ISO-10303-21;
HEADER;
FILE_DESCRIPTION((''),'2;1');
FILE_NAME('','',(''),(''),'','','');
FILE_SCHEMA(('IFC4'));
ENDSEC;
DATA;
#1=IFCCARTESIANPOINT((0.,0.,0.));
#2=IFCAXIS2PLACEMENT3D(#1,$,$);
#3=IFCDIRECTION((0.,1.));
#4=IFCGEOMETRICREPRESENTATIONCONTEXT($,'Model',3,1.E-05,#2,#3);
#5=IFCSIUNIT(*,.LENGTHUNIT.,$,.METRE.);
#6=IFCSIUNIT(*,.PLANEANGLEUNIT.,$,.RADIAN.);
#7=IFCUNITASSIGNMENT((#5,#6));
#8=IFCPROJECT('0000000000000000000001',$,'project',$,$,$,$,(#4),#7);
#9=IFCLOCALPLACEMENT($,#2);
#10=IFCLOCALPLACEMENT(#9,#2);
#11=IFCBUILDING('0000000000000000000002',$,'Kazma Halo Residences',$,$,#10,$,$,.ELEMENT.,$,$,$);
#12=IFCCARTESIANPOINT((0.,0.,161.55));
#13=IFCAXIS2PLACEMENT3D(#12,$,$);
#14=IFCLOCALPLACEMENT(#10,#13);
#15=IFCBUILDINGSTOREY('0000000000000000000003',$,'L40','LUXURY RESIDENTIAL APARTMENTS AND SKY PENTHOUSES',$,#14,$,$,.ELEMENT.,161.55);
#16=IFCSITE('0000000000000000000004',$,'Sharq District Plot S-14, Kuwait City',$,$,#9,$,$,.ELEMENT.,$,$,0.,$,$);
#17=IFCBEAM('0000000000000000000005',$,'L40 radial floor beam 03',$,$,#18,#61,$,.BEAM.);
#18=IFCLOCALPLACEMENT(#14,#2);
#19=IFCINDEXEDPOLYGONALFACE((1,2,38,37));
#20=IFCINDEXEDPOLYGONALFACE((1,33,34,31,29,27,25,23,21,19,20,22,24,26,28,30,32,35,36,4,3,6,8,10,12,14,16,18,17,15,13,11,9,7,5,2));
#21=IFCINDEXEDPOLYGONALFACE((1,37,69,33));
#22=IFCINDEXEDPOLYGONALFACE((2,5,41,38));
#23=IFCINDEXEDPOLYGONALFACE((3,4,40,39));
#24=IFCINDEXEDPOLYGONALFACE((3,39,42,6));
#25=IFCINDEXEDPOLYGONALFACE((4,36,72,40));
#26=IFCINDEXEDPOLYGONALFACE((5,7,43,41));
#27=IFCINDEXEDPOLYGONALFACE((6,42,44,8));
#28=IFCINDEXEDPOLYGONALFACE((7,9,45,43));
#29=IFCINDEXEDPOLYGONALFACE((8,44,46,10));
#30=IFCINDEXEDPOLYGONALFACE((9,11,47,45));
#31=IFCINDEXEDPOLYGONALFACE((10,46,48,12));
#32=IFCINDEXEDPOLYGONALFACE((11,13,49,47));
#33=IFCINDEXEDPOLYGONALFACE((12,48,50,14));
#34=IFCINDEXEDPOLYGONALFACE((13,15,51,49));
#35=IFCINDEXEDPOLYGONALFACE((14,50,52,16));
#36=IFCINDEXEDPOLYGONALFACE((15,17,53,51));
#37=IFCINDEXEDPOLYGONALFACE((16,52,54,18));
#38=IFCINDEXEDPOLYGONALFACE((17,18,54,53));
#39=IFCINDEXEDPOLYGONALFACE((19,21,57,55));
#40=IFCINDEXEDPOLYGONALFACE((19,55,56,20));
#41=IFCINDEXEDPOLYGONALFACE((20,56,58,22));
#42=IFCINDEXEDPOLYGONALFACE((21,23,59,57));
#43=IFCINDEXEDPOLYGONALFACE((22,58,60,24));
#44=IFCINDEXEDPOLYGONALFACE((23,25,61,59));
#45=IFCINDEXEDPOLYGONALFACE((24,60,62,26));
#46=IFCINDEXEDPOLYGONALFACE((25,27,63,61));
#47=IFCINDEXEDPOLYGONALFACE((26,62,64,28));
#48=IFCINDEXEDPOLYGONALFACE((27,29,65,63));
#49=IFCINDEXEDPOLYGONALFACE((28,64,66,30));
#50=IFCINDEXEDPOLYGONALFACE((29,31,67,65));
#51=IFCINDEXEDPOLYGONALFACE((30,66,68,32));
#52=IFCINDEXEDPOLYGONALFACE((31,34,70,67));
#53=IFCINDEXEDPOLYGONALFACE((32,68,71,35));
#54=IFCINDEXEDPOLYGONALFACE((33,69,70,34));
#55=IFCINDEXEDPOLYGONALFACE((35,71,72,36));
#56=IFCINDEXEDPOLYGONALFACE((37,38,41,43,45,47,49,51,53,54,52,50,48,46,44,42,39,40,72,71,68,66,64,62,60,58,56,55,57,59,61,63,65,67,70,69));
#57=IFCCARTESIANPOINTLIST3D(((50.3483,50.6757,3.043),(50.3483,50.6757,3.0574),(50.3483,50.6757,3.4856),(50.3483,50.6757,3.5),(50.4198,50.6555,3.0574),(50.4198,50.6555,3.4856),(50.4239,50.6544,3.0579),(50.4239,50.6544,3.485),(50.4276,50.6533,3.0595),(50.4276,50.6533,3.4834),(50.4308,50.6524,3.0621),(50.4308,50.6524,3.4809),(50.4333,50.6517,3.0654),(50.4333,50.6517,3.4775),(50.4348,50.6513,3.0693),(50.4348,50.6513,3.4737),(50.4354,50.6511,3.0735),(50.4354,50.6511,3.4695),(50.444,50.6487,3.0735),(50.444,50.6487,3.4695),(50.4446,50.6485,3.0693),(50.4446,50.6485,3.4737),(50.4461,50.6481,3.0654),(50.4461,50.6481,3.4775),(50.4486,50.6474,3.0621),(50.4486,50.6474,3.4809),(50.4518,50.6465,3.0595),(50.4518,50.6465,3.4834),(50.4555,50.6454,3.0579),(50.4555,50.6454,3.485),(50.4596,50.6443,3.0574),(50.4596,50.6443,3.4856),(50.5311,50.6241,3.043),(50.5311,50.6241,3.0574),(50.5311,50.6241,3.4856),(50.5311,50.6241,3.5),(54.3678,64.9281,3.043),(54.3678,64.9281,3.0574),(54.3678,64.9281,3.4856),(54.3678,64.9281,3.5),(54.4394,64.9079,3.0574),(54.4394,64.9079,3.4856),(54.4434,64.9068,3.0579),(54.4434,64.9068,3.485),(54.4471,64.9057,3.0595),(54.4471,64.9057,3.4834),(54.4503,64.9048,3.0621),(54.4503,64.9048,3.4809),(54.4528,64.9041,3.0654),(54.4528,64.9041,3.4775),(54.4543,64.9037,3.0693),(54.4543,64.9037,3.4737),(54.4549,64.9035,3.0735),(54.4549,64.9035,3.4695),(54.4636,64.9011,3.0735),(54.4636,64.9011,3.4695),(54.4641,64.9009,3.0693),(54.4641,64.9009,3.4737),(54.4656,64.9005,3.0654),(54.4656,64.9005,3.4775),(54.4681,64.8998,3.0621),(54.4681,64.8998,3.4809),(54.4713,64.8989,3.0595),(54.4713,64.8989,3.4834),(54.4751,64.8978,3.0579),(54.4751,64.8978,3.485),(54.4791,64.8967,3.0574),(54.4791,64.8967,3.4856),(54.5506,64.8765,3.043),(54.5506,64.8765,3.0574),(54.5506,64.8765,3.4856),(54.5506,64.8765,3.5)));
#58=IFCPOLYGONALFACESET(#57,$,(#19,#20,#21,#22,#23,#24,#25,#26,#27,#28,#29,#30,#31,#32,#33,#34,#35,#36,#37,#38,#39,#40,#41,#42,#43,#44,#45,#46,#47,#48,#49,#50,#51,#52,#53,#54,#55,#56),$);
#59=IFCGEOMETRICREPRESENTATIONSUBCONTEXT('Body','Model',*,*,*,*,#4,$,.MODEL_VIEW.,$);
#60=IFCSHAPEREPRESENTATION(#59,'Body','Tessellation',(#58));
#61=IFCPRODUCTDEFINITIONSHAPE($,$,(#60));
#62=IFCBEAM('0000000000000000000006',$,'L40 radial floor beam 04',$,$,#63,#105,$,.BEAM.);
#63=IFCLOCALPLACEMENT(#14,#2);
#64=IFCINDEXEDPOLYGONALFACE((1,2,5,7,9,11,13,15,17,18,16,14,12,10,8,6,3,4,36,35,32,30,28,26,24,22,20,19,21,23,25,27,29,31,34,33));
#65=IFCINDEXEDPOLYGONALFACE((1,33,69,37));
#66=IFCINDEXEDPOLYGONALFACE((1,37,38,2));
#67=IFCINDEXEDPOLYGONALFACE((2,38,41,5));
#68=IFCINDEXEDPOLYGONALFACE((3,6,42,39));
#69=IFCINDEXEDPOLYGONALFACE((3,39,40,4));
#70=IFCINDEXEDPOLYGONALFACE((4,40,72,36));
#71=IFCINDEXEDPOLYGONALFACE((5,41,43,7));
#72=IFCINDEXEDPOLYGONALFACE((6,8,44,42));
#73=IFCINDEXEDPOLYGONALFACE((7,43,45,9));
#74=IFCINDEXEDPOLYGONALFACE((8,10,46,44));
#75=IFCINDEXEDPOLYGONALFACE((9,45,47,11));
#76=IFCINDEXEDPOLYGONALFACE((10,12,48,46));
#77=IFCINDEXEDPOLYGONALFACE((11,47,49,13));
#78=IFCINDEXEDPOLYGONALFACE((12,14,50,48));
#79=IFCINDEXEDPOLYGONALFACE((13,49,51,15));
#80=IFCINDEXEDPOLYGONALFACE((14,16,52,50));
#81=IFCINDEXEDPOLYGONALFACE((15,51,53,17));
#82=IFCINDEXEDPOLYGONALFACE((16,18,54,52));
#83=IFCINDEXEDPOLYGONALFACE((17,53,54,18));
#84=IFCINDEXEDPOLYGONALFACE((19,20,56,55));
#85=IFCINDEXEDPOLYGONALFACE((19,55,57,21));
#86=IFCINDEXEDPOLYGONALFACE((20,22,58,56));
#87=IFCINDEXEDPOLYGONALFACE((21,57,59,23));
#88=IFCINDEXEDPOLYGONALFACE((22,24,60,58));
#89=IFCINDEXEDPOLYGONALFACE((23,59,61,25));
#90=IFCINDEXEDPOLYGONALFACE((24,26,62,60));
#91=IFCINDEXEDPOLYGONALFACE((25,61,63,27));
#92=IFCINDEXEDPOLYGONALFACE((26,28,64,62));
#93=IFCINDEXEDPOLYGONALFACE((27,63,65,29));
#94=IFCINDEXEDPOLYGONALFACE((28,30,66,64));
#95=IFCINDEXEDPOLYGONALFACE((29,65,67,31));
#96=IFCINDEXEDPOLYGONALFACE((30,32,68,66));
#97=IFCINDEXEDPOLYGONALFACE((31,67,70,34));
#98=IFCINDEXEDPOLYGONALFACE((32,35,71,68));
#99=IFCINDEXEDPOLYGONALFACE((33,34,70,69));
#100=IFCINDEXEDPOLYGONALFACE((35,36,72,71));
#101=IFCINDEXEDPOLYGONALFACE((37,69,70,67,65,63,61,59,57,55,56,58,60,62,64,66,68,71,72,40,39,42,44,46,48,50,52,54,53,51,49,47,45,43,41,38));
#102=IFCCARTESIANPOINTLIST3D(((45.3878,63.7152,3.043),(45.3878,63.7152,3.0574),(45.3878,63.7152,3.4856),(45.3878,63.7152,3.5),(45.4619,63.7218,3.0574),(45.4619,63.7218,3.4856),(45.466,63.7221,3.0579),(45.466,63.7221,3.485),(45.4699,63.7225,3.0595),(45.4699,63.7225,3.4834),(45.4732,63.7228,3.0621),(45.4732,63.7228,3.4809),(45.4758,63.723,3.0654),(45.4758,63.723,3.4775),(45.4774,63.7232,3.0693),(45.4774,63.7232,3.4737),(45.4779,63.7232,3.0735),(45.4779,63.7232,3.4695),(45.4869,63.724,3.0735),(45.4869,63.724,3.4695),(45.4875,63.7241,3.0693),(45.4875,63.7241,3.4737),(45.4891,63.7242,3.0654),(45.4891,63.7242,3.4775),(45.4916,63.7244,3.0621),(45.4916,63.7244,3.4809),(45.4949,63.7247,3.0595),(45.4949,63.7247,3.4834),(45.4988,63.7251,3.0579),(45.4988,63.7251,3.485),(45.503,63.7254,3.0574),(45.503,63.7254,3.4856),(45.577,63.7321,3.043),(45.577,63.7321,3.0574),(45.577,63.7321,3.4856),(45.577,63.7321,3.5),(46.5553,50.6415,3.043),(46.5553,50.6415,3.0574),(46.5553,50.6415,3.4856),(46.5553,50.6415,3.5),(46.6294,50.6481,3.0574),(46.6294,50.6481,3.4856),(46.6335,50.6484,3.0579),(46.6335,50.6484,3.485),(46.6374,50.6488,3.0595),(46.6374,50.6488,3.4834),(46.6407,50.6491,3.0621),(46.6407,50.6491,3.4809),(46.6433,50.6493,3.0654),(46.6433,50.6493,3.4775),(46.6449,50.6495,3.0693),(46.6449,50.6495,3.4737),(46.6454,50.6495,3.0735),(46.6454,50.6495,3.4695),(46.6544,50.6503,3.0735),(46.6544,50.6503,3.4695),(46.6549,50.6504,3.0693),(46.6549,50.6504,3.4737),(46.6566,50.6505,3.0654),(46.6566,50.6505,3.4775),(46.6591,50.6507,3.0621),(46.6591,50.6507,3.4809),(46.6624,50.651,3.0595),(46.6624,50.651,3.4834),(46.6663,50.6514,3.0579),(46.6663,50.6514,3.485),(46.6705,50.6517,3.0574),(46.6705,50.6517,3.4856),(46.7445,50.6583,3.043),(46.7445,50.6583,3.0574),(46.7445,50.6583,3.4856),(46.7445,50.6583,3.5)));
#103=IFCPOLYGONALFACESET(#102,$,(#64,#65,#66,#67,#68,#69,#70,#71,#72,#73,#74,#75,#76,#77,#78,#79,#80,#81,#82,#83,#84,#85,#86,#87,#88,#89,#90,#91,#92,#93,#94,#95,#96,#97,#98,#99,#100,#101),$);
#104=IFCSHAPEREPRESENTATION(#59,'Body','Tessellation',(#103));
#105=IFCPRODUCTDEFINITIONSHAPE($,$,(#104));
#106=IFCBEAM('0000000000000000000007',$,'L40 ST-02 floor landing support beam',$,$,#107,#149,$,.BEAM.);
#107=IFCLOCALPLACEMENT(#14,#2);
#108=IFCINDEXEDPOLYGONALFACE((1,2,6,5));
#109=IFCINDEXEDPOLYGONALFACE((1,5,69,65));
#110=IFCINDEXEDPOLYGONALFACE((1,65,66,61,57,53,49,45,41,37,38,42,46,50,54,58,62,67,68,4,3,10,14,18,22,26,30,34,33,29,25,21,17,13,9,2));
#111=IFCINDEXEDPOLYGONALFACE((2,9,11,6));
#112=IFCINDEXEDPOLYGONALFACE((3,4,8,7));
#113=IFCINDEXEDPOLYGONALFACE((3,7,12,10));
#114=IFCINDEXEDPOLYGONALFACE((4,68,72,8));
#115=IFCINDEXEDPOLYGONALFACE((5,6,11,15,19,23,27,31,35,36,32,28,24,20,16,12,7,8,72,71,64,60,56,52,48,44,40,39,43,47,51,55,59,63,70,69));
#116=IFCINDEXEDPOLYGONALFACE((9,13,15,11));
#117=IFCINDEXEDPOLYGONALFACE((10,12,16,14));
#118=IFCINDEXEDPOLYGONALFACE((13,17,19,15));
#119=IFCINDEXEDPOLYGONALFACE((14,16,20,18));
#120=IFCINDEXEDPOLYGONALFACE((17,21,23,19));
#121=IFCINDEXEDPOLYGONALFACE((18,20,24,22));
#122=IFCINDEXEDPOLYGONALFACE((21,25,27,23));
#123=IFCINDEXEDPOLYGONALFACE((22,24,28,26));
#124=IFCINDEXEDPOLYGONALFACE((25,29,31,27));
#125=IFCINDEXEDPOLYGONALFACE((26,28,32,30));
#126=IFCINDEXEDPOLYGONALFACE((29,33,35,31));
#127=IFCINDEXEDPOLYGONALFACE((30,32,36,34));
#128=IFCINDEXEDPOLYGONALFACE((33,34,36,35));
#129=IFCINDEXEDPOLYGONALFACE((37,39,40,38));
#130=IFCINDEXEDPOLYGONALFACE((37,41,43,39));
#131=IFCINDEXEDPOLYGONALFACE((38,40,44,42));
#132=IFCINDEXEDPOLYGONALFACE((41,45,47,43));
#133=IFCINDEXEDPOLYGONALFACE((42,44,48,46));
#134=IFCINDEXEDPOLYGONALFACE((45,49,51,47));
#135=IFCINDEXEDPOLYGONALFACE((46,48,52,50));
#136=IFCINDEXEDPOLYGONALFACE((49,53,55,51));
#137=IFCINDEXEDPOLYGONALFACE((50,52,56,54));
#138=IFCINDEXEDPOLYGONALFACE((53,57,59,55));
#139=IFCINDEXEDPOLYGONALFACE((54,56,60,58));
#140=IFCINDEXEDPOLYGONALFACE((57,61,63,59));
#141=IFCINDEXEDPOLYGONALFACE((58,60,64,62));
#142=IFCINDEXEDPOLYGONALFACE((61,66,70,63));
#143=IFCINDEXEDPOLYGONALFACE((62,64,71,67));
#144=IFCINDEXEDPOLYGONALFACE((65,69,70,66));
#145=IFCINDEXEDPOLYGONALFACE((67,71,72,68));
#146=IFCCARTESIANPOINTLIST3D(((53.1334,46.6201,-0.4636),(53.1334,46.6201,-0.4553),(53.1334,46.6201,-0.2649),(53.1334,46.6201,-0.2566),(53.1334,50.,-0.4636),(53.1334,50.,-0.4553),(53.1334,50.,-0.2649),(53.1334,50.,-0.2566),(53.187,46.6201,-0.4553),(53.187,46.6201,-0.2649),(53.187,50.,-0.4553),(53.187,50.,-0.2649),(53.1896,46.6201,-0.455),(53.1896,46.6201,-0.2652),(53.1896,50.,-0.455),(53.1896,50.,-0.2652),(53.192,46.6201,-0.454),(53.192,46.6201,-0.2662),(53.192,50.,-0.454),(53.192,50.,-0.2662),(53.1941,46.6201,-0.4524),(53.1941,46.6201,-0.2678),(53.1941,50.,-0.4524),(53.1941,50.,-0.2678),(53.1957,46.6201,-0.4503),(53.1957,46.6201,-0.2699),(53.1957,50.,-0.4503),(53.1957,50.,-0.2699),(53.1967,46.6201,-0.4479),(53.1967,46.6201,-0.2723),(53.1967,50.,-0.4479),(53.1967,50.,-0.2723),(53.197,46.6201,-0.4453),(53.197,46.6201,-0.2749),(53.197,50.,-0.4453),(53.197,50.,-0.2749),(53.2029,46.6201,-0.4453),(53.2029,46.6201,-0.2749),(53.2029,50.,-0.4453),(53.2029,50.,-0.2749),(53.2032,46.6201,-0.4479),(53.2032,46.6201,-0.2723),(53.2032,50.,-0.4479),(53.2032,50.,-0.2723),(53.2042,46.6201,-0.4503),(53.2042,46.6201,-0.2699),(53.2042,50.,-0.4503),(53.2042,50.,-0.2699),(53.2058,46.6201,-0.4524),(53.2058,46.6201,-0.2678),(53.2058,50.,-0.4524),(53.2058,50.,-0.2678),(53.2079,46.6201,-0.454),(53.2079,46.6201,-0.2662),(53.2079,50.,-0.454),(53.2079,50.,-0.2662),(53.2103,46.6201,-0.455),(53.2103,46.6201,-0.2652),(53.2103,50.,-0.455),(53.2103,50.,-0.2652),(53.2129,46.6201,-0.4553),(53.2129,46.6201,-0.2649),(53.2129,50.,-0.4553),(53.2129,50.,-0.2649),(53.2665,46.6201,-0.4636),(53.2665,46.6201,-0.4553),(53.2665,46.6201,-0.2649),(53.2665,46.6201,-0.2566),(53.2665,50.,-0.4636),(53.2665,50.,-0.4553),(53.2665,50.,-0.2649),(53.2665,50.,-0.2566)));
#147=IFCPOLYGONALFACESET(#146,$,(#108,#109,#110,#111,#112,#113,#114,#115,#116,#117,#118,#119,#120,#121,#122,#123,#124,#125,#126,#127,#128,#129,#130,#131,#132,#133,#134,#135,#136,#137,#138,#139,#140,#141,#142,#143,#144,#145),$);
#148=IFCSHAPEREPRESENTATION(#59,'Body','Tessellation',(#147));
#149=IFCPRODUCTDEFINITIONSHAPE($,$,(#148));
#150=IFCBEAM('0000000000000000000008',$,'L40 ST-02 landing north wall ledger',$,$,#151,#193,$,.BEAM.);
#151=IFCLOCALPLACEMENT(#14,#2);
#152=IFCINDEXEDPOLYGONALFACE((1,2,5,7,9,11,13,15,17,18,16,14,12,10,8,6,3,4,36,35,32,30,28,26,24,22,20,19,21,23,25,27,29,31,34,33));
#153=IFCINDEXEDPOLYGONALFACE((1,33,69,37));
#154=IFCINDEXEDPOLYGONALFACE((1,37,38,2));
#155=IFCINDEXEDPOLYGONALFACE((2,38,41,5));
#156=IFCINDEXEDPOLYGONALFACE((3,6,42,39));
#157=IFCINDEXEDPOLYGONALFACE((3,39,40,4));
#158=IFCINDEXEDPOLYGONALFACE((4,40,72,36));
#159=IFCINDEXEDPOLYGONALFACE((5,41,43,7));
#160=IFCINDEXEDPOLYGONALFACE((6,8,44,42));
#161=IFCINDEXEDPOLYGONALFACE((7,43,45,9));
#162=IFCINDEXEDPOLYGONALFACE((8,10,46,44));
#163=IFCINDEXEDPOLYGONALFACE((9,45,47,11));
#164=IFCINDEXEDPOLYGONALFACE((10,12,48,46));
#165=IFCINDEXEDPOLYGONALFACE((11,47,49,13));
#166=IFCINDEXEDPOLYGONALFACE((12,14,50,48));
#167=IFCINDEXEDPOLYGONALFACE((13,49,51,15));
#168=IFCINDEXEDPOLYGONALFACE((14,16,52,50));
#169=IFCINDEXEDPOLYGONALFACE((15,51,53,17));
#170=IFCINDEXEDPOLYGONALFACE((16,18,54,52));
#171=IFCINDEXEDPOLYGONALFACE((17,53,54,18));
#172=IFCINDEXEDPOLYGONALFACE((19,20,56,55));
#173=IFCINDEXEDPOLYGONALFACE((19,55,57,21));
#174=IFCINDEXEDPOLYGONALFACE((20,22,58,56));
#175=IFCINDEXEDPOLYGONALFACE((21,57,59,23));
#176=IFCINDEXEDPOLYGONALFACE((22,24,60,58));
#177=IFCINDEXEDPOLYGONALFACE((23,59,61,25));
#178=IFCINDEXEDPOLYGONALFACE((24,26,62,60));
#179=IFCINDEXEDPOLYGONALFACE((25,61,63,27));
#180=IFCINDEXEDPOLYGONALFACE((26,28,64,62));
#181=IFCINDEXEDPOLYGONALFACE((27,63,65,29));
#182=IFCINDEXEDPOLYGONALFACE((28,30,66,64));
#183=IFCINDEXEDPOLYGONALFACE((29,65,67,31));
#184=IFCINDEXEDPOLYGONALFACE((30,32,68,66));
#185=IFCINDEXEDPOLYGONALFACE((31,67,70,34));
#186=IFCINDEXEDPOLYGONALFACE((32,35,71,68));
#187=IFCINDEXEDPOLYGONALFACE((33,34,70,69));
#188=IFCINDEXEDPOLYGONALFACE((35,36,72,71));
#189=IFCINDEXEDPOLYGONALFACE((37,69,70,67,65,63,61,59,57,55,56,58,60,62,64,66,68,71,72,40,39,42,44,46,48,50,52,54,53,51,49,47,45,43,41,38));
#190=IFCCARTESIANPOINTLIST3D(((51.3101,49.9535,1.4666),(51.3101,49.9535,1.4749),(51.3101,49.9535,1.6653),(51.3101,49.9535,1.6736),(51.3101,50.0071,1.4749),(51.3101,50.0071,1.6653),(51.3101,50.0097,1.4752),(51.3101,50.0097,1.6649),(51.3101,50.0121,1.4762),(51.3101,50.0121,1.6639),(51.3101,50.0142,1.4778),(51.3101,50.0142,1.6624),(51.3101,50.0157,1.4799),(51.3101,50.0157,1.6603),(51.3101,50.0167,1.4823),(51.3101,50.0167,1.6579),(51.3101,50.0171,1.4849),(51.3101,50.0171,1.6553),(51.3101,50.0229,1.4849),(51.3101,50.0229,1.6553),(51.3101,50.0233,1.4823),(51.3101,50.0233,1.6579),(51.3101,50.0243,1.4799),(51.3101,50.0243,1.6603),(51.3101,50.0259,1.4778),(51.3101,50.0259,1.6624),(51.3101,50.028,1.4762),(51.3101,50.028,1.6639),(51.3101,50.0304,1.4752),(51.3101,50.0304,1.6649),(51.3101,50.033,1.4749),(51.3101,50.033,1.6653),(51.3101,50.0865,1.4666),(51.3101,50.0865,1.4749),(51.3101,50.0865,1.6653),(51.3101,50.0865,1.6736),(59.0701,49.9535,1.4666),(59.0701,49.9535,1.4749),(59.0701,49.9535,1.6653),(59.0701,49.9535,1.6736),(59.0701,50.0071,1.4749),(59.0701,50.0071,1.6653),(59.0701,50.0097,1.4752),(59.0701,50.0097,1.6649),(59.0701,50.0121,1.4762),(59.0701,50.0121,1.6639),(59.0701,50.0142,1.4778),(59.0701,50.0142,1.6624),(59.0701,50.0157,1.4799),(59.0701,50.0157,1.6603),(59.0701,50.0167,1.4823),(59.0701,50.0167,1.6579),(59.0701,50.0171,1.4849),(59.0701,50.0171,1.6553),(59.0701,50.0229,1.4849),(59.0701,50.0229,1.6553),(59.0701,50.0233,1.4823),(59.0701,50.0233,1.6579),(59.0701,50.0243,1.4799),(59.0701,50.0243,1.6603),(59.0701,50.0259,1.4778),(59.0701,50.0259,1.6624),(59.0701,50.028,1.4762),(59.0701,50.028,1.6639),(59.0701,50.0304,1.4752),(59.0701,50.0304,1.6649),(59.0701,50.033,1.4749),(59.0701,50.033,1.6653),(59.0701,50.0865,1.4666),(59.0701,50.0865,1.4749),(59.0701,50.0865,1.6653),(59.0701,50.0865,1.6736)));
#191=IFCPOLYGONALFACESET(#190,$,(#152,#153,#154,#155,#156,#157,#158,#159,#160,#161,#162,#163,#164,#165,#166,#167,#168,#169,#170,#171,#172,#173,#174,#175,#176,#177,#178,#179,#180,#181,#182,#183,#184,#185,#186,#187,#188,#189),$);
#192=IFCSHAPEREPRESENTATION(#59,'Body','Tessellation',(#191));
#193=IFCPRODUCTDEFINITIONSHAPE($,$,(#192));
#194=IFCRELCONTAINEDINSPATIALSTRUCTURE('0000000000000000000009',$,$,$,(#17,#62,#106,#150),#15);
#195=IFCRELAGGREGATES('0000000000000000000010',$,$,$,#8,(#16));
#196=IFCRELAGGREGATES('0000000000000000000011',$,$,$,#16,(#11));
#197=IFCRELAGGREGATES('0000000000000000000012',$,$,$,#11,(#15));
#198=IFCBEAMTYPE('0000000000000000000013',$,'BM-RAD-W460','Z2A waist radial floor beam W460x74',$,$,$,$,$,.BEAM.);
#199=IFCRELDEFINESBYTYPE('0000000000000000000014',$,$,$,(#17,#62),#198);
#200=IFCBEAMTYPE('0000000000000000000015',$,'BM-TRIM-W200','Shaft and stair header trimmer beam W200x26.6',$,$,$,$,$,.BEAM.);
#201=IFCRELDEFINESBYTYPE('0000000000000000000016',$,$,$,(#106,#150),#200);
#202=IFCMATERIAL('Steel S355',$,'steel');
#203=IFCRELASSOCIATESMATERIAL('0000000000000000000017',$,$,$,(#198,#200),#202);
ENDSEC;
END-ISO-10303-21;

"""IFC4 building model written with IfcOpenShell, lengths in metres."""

from ifc_helpers import new_model, si_unit, direction, frame, origin, origin_2d, place, context, subcontext, project, spatial, i_section, extrude, material, material_profile, profile_set, type_object, element, save


model = new_model("IFC4")

# Units and contexts
model_context = context("Model", 3, precision=1e-05, world=origin(), true_north=direction((0.0, 1.0)))
body_context = subcontext(model_context, "Body", "Model", "MODEL_VIEW")
ifc_project = project(units=[si_unit("LENGTHUNIT", "METRE"), si_unit("PLANEANGLEUNIT", "RADIAN")], contexts=[model_context])

# Site, building, storey
site_placement = place(None, origin())
site = spatial("IfcSite", under=ifc_project, at=site_placement, Name="Sharq District Plot S-14, Kuwait City", CompositionType="ELEMENT", RefElevation=0.0)
building_placement = place(site_placement, origin())
building = spatial("IfcBuilding", under=site, at=building_placement, Name="Kazma Halo Residences", CompositionType="ELEMENT")
storey_placement = place(building_placement, frame((0.0, 0.0, 161.55)))
storey = spatial("IfcBuildingStorey", under=building, at=storey_placement, Name="L40", Description="LUXURY RESIDENTIAL APARTMENTS AND SKY PENTHOUSES", CompositionType="ELEMENT", Elevation=161.55)

# Shared definitions
ifc_material_1 = material(Name="Steel S355", Category="steel")

# Beams
ifc_material_profile_1 = material_profile(ifc_material_1, i_section(OverallWidth=0.1899, OverallDepth=0.457, WebThickness=0.009, FlangeThickness=0.0144, FilletRadius=0.0161, at=origin_2d()), Name="W460x74")
ifc_profile_set_1 = profile_set([ifc_material_profile_1], Name="Steel S355")
beam_type_1 = type_object("IfcBeamType", Name="BM-RAD-W460", Description="Z2A waist radial floor beam W460x74", PredefinedType="BEAM", material=ifc_profile_set_1)
beam_1_placement = place(storey_placement, frame((50.4397, 50.6499, 3.2715), z_axis=(0.271436, 0.962457, 0.0), x_axis=(-0.962457, 0.271436, 0.0)))
element("IfcBeam", 1, at=beam_1_placement, inside=storey, type_object=beam_type_1, Name="L40 radial floor beam 03", PredefinedType="BEAM", context=body_context, shape_type="SweptSolid", body=[
    extrude(i_section(OverallWidth=0.1899, OverallDepth=0.457, WebThickness=0.009, FlangeThickness=0.0144, FilletRadius=0.0161, at=origin_2d()), origin(), (0.0, 0.0, 1.0), 14.8083),
])
beam_2_placement = place(storey_placement, frame((46.6499, 50.6499, 3.2715), z_axis=(-0.088946, 0.996036, 0.0), x_axis=(-0.996036, -0.088946, 0.0)))
element("IfcBeam", 2, at=beam_2_placement, inside=storey, type_object=beam_type_1, Name="L40 radial floor beam 04", PredefinedType="BEAM", context=body_context, shape_type="SweptSolid", body=[
    extrude(i_section(OverallWidth=0.1899, OverallDepth=0.457, WebThickness=0.009, FlangeThickness=0.0144, FilletRadius=0.0161, at=origin_2d()), origin(), (0.0, 0.0, 1.0), 13.1257),
])
ifc_material_profile_2 = material_profile(ifc_material_1, i_section(OverallWidth=0.1331, OverallDepth=0.207, WebThickness=0.0059, FlangeThickness=0.0083, FilletRadius=0.01, at=origin_2d()), Name="W200x26.6")
ifc_profile_set_2 = profile_set([ifc_material_profile_2], Name="Steel S355")
beam_type_2 = type_object("IfcBeamType", Name="BM-TRIM-W200", Description="Shaft and stair header trimmer beam W200x26.6", PredefinedType="BEAM", material=ifc_profile_set_2)
beam_3_placement = place(storey_placement, frame((53.2, 46.6201, -0.3601), z_axis=(0.0, 1.0, 0.0), x_axis=(-1.0, 0.0, 0.0)))
element("IfcBeam", 3, at=beam_3_placement, inside=storey, type_object=beam_type_2, Name="L40 ST-02 floor landing support beam", PredefinedType="BEAM", context=body_context, shape_type="SweptSolid", body=[
    extrude(i_section(OverallWidth=0.1331, OverallDepth=0.207, WebThickness=0.0059, FlangeThickness=0.0083, FilletRadius=0.01, at=origin_2d()), origin(), (0.0, 0.0, 1.0), 3.3799),
])
beam_4_placement = place(storey_placement, frame((51.3101, 50.02, 1.5701), z_axis=(1.0, 0.0, 0.0), x_axis=(0.0, 1.0, 0.0)))
element("IfcBeam", 4, at=beam_4_placement, inside=storey, type_object=beam_type_2, Name="L40 ST-02 landing north wall ledger", PredefinedType="BEAM", context=body_context, shape_type="SweptSolid", body=[
    extrude(i_section(OverallWidth=0.1331, OverallDepth=0.207, WebThickness=0.0059, FlangeThickness=0.0083, FilletRadius=0.01, at=origin_2d()), origin(), (0.0, 0.0, 1.0), 7.76),
])

save(model, "model.ifc")
